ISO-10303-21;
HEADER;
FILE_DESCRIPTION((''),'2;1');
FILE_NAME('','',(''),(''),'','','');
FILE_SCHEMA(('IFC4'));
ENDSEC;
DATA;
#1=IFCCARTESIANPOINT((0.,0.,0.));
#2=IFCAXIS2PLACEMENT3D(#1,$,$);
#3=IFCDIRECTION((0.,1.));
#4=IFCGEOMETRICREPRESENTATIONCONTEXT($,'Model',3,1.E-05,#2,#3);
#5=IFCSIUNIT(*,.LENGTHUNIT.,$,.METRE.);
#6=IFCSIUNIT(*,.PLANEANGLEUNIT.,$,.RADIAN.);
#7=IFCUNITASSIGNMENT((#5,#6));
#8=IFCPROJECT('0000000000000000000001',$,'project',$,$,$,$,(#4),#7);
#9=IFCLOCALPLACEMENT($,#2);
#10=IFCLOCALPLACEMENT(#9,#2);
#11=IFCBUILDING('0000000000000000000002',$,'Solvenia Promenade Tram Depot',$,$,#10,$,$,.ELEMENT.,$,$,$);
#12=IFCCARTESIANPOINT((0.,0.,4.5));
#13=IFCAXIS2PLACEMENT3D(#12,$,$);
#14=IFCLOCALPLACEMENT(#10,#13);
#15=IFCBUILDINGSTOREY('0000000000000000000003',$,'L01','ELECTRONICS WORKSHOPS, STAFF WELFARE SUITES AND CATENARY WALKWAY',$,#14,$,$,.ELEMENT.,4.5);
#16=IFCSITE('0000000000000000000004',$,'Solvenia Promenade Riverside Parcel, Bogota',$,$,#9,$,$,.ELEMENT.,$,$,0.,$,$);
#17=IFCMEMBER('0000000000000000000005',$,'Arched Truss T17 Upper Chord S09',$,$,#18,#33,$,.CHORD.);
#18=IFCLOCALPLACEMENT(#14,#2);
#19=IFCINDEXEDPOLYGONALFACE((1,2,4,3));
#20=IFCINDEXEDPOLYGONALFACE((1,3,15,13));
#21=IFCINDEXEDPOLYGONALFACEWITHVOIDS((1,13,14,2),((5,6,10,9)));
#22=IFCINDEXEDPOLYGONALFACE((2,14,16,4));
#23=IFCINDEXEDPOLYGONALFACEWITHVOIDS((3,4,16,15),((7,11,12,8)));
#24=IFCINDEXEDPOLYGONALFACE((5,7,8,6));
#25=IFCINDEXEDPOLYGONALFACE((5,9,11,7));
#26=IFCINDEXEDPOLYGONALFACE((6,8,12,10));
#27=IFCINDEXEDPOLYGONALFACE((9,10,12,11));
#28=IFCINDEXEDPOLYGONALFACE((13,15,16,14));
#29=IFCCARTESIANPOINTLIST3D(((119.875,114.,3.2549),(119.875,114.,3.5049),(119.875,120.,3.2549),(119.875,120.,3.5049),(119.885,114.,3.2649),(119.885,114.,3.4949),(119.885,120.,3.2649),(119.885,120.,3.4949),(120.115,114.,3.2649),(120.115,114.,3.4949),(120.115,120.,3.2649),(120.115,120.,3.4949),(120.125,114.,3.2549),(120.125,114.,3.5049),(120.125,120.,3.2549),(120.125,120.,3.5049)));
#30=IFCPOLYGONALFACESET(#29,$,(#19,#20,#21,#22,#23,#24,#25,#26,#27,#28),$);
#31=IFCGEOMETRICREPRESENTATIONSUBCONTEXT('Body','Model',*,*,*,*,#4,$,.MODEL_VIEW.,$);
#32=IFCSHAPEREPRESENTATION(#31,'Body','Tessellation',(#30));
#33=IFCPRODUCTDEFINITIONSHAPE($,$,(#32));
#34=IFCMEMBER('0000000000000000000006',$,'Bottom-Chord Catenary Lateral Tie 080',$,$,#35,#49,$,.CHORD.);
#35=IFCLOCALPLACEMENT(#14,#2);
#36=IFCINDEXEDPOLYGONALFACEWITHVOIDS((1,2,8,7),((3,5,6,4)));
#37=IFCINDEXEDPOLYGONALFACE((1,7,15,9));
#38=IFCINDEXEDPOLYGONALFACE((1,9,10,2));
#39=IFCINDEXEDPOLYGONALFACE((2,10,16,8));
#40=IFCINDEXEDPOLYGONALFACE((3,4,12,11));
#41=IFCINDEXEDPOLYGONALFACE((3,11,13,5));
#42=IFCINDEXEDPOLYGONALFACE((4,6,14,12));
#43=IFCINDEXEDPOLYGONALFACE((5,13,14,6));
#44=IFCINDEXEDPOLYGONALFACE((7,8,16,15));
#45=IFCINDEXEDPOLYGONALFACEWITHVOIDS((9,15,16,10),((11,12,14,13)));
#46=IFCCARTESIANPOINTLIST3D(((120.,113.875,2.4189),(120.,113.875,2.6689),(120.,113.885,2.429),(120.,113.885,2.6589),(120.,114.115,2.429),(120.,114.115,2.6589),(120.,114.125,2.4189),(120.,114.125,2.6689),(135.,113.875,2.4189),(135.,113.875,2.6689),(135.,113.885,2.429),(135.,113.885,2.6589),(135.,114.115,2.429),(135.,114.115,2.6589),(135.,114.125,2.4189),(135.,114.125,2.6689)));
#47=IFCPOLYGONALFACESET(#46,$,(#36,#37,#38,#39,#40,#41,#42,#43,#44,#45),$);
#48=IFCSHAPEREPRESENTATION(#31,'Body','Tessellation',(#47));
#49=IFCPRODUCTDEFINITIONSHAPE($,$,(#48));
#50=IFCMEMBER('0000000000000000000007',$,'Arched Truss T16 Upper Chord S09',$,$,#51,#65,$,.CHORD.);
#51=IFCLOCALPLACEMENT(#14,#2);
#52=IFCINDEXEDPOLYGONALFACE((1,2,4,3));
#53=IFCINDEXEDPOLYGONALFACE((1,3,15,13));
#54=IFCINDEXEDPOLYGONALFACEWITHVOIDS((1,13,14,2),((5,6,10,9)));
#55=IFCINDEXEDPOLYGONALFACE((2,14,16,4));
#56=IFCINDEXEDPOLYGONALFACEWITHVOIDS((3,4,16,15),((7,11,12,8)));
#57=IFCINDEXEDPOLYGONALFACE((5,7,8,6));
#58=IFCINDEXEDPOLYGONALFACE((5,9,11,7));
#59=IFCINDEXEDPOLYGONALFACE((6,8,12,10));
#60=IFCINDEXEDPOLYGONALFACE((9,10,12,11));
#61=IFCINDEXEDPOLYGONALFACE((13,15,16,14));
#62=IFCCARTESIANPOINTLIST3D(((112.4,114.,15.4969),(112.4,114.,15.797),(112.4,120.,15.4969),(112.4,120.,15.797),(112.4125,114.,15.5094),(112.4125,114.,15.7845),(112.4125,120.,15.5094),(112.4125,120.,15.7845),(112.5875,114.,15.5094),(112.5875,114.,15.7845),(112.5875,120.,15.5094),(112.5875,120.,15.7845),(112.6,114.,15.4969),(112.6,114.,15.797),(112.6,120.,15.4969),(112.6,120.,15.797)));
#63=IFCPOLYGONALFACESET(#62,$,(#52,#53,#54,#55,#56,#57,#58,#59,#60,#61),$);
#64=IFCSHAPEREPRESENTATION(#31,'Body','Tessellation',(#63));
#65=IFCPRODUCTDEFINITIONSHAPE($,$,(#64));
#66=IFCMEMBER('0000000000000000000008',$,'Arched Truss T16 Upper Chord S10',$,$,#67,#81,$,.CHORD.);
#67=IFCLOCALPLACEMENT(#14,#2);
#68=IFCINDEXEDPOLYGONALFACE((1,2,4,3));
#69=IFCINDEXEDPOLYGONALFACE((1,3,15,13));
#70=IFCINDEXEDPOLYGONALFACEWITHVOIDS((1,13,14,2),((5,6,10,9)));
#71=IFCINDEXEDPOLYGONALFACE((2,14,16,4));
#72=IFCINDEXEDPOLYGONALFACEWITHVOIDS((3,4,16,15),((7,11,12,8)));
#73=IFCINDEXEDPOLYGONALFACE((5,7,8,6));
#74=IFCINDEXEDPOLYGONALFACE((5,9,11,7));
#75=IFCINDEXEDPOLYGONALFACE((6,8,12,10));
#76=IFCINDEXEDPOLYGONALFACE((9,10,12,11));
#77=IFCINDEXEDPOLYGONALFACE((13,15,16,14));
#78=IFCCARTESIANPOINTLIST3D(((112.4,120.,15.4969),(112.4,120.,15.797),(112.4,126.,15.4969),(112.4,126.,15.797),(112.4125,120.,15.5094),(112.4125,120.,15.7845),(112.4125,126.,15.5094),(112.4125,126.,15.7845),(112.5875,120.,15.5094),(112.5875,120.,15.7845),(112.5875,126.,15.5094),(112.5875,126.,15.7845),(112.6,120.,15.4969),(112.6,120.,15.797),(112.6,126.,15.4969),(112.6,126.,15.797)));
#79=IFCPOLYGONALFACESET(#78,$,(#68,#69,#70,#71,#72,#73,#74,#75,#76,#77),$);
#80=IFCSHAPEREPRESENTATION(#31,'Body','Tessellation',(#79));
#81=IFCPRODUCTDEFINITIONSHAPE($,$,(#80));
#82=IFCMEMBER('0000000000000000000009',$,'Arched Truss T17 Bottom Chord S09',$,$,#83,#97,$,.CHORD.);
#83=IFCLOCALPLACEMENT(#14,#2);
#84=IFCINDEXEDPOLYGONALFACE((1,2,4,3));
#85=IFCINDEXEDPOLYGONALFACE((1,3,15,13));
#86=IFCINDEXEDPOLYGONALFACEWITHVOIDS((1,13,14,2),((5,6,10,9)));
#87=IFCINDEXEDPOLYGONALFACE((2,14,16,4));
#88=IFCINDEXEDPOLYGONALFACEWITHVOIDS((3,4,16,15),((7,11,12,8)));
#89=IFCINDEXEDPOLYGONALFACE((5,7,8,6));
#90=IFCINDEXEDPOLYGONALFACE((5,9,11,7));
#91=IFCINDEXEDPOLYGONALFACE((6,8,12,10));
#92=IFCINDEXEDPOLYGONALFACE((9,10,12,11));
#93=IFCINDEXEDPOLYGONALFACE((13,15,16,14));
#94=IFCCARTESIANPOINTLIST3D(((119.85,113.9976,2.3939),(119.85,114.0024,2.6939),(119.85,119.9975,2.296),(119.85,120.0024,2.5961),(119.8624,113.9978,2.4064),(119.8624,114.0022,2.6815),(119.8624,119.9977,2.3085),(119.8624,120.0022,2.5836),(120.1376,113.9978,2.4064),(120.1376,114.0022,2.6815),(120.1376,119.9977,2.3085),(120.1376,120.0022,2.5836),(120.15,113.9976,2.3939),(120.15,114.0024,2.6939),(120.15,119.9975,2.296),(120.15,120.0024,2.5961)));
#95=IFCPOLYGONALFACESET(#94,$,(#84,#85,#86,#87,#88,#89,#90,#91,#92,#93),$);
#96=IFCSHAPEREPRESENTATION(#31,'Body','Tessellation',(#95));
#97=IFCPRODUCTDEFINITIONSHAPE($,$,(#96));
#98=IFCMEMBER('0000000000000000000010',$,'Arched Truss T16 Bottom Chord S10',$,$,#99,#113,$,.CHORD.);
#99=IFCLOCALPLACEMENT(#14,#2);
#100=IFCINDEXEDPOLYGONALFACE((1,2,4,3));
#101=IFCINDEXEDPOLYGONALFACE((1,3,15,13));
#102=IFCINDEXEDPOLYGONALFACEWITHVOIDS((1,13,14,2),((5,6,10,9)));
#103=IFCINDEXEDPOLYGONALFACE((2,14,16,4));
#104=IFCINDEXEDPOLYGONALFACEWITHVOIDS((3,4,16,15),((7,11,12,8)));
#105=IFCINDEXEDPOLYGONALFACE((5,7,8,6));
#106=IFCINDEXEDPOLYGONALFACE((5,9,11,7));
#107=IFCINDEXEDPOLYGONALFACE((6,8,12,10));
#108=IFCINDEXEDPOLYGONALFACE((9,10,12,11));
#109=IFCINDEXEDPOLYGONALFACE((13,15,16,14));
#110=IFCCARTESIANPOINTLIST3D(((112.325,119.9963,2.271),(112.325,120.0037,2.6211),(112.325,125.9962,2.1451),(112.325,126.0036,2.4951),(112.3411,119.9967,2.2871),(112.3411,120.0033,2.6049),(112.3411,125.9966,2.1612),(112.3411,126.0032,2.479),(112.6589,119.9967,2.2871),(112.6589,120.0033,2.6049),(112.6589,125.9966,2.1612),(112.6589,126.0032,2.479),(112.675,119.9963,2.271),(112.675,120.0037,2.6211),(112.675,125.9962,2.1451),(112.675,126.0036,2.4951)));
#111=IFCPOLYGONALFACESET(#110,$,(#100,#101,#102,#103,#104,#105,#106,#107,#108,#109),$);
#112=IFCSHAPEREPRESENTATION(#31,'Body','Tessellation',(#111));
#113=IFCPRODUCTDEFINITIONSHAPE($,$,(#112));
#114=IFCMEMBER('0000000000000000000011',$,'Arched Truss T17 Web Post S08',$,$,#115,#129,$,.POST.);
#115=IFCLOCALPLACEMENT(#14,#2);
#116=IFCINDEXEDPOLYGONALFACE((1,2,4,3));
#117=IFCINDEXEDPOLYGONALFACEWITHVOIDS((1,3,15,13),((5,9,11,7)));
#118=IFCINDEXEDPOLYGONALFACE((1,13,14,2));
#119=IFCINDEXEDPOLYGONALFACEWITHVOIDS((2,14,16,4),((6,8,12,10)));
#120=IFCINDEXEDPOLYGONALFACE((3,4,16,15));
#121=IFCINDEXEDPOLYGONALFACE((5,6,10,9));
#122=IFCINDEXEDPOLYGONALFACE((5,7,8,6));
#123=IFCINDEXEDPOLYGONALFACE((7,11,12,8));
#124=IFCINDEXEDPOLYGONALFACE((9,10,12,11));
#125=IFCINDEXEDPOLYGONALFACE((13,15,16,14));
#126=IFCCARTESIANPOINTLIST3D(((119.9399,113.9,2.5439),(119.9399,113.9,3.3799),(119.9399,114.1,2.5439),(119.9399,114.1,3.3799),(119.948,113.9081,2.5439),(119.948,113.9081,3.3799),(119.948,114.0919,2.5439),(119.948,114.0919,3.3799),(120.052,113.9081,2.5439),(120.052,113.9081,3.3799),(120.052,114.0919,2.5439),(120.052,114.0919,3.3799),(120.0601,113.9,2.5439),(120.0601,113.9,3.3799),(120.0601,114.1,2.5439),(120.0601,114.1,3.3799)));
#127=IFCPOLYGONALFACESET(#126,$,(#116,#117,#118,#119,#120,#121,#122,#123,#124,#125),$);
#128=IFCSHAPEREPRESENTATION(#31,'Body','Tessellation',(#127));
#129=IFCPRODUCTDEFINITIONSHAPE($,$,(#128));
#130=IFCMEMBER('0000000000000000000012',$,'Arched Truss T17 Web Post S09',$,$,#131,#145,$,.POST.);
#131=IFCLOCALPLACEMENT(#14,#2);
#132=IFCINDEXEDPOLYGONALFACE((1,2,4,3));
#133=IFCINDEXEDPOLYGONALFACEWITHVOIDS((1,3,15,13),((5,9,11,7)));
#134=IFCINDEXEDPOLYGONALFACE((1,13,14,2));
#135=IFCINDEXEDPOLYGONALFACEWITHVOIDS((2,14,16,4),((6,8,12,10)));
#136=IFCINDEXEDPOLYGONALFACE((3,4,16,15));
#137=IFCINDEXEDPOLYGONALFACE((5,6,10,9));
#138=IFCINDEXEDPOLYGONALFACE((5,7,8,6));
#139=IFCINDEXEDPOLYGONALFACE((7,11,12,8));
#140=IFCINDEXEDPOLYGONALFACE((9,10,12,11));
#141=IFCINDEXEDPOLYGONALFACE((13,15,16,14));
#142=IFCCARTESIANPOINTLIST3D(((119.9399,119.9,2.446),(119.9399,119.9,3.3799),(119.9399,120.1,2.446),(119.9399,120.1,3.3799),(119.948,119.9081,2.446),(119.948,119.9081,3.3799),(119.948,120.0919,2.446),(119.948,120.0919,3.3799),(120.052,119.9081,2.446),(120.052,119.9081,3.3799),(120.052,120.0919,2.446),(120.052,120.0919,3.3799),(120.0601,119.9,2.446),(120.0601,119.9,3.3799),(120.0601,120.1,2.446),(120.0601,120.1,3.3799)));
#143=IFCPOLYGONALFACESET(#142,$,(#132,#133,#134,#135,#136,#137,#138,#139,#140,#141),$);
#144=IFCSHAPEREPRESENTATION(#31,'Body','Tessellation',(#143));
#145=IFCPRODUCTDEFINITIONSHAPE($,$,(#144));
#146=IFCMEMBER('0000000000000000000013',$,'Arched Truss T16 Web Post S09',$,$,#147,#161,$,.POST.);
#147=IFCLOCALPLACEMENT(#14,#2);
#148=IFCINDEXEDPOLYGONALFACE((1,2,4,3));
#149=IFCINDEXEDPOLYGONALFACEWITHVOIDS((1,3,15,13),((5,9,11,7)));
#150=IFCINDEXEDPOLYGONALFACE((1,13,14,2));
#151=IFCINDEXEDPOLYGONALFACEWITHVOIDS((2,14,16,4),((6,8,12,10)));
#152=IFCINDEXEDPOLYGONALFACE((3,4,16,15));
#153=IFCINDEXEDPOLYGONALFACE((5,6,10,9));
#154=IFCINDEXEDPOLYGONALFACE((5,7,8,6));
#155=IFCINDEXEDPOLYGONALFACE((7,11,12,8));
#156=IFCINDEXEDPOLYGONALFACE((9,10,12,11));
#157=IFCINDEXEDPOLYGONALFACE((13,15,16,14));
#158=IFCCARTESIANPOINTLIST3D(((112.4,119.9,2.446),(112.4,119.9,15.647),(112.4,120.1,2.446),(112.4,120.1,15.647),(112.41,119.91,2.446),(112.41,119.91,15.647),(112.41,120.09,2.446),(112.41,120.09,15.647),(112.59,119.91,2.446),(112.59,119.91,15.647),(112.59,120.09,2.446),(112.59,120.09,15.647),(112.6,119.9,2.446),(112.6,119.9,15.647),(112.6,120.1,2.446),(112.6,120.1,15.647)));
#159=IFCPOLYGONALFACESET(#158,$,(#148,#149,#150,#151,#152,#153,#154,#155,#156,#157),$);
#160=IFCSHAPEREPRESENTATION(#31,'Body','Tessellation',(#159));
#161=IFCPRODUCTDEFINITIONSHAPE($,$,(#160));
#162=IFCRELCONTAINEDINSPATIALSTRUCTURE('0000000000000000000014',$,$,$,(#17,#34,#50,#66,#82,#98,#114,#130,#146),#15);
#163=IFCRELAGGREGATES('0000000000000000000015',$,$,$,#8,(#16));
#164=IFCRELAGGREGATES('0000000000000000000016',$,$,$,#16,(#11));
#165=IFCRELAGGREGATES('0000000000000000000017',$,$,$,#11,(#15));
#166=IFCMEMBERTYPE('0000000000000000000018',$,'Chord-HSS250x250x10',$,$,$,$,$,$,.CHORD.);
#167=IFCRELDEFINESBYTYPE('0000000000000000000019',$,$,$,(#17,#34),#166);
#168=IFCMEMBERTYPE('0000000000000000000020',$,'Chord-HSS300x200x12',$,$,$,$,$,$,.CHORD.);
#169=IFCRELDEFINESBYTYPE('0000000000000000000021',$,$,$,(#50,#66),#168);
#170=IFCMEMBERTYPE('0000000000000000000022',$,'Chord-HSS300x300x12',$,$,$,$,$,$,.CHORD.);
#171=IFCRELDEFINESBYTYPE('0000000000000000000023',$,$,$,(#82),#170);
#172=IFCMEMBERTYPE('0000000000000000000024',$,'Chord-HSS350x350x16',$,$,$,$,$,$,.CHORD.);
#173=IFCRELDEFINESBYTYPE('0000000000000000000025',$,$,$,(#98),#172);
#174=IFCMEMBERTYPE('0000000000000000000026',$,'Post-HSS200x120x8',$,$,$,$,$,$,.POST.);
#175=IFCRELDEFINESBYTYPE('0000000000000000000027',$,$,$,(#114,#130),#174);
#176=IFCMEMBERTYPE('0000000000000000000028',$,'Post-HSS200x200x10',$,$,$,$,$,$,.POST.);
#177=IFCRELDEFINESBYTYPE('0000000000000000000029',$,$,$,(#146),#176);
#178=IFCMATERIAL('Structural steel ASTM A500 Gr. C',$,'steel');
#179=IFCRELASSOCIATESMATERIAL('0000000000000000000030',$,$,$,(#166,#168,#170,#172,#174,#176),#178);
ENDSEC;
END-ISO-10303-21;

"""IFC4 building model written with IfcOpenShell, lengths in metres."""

from ifc_helpers import new_model, si_unit, direction, frame, origin, origin_2d, place, context, subcontext, project, spatial, hollow_rectangle, extrude, material, material_profile, profile_set, type_object, element, save


model = new_model("IFC4")

# Units and contexts
model_context = context("Model", 3, precision=1e-05, world=origin(), true_north=direction((0.0, 1.0)))
body_context = subcontext(model_context, "Body", "Model", "MODEL_VIEW")
ifc_project = project(units=[si_unit("LENGTHUNIT", "METRE"), si_unit("PLANEANGLEUNIT", "RADIAN")], contexts=[model_context])

# Site, building, storey
site_placement = place(None, origin())
site = spatial("IfcSite", under=ifc_project, at=site_placement, Name="Solvenia Promenade Riverside Parcel, Bogota", CompositionType="ELEMENT", RefElevation=0.0)
building_placement = place(site_placement, origin())
building = spatial("IfcBuilding", under=site, at=building_placement, Name="Solvenia Promenade Tram Depot", CompositionType="ELEMENT")
storey_placement = place(building_placement, frame((0.0, 0.0, 4.5)))
storey = spatial("IfcBuildingStorey", under=building, at=storey_placement, Name="L01", Description="ELECTRONICS WORKSHOPS, STAFF WELFARE SUITES AND CATENARY WALKWAY", CompositionType="ELEMENT", Elevation=4.5)

# Shared definitions
ifc_material_1 = material(Name="Structural steel ASTM A500 Gr. C", Category="steel")

# Members
ifc_material_profile_1 = material_profile(ifc_material_1, hollow_rectangle(XDim=0.25, YDim=0.25, WallThickness=0.01, at=origin_2d()), Name="HSS250x250x10", Category="steel")
ifc_profile_set_1 = profile_set([ifc_material_profile_1], Name="Structural steel ASTM A500 Gr. C")
member_type_1 = type_object("IfcMemberType", Name="Chord-HSS250x250x10", PredefinedType="CHORD", material=ifc_profile_set_1)
member_1_placement = place(storey_placement, frame((120.0, 114.0, 3.3799), z_axis=(0.0, 1.0, 0.0), x_axis=(-1.0, 0.0, 0.0)))
element("IfcMember", 1, at=member_1_placement, inside=storey, type_object=member_type_1, Name="Arched Truss T17 Upper Chord S09", PredefinedType="CHORD", context=body_context, shape_type="SweptSolid", body=[
    extrude(hollow_rectangle(XDim=0.25, YDim=0.25, WallThickness=0.01, at=origin_2d()), origin(), (0.0, 0.0, 1.0), 6.0),
])
member_2_placement = place(storey_placement, frame((120.0, 114.0, 2.5439), z_axis=(1.0, 0.0, 0.0), x_axis=(0.0, 1.0, 0.0)))
element("IfcMember", 2, at=member_2_placement, inside=storey, type_object=member_type_1, Name="Bottom-Chord Catenary Lateral Tie 080", PredefinedType="CHORD", context=body_context, shape_type="SweptSolid", body=[
    extrude(hollow_rectangle(XDim=0.25, YDim=0.25, WallThickness=0.01, at=origin_2d()), origin(), (0.0, 0.0, 1.0), 15.0),
])
ifc_material_profile_2 = material_profile(ifc_material_1, hollow_rectangle(XDim=0.2, YDim=0.3, WallThickness=0.0125, at=origin_2d()), Name="HSS300x200x12.5", Category="steel")
ifc_profile_set_2 = profile_set([ifc_material_profile_2], Name="Structural steel ASTM A500 Gr. C")
member_type_2 = type_object("IfcMemberType", Name="Chord-HSS300x200x12", PredefinedType="CHORD", material=ifc_profile_set_2)
for number, where, z_axis, x_axis, name in (
    (3, (112.5, 114.0, 15.647), (0.0, 1.0, 0.0), (-1.0, 0.0, 0.0), "Arched Truss T16 Upper Chord S09"),
    (4, (112.5, 120.0, 15.647), (0.0, 1.0, 0.0), (-1.0, 0.0, 0.0), "Arched Truss T16 Upper Chord S10"),
):
    element("IfcMember", number, at=place(storey_placement, frame(where, z_axis=z_axis, x_axis=x_axis)), inside=storey, type_object=member_type_2, Name=name, PredefinedType="CHORD", context=body_context, shape_type="SweptSolid", body=[
        extrude(hollow_rectangle(XDim=0.2, YDim=0.3, WallThickness=0.0125, at=origin_2d()), origin(), (0.0, 0.0, 1.0), 6.0),
    ])
ifc_material_profile_3 = material_profile(ifc_material_1, hollow_rectangle(XDim=0.3, YDim=0.3, WallThickness=0.0125, at=origin_2d()), Name="HSS300x300x12.5", Category="steel")
ifc_profile_set_3 = profile_set([ifc_material_profile_3], Name="Structural steel ASTM A500 Gr. C")
member_type_3 = type_object("IfcMemberType", Name="Chord-HSS300x300x12", PredefinedType="CHORD", material=ifc_profile_set_3)
member_3_placement = place(storey_placement, frame((120.0, 114.0, 2.5439), z_axis=(0.0, 0.999867, -0.016315), x_axis=(-1.0, 0.0, 0.0)))
element("IfcMember", 5, at=member_3_placement, inside=storey, type_object=member_type_3, Name="Arched Truss T17 Bottom Chord S09", PredefinedType="CHORD", context=body_context, shape_type="SweptSolid", body=[
    extrude(hollow_rectangle(XDim=0.3, YDim=0.3, WallThickness=0.0125, at=origin_2d()), origin(), (0.0, 0.0, 1.0), 6.0007),
])
ifc_material_profile_4 = material_profile(ifc_material_1, hollow_rectangle(XDim=0.3501, YDim=0.3501, WallThickness=0.0161, at=origin_2d()), Name="HSS350x350x16", Category="steel")
ifc_profile_set_4 = profile_set([ifc_material_profile_4], Name="Structural steel ASTM A500 Gr. C")
member_type_4 = type_object("IfcMemberType", Name="Chord-HSS350x350x16", PredefinedType="CHORD", material=ifc_profile_set_4)
member_4_placement = place(storey_placement, frame((112.5, 120.0, 2.446), z_axis=(0.0, 0.99978, -0.020991), x_axis=(-1.0, 0.0, 0.0)))
element("IfcMember", 6, at=member_4_placement, inside=storey, type_object=member_type_4, Name="Arched Truss T16 Bottom Chord S10", PredefinedType="CHORD", context=body_context, shape_type="SweptSolid", body=[
    extrude(hollow_rectangle(XDim=0.3501, YDim=0.3501, WallThickness=0.0161, at=origin_2d()), origin(), (0.0, 0.0, 1.0), 6.0012),
])
ifc_material_profile_5 = material_profile(ifc_material_1, hollow_rectangle(XDim=0.1201, YDim=0.2, WallThickness=0.0081, at=origin_2d()), Name="HSS200x120x8", Category="steel")
ifc_profile_set_5 = profile_set([ifc_material_profile_5], Name="Structural steel ASTM A500 Gr. C")
member_type_5 = type_object("IfcMemberType", Name="Post-HSS200x120x8", PredefinedType="POST", material=ifc_profile_set_5)
member_5_placement = place(storey_placement, frame((120.0, 114.0, 2.5439), z_axis=(0.0, 0.0, 1.0), x_axis=(1.0, 0.0, 0.0)))
element("IfcMember", 7, at=member_5_placement, inside=storey, type_object=member_type_5, Name="Arched Truss T17 Web Post S08", PredefinedType="POST", context=body_context, shape_type="SweptSolid", body=[
    extrude(hollow_rectangle(XDim=0.1201, YDim=0.2, WallThickness=0.0081, at=origin_2d()), origin(), (0.0, 0.0, 1.0), 0.8359),
])
member_6_placement = place(storey_placement, frame((120.0, 120.0, 2.446), z_axis=(0.0, 0.0, 1.0), x_axis=(1.0, 0.0, 0.0)))
element("IfcMember", 8, at=member_6_placement, inside=storey, type_object=member_type_5, Name="Arched Truss T17 Web Post S09", PredefinedType="POST", context=body_context, shape_type="SweptSolid", body=[
    extrude(hollow_rectangle(XDim=0.1201, YDim=0.2, WallThickness=0.0081, at=origin_2d()), origin(), (0.0, 0.0, 1.0), 0.9338),
])
ifc_material_profile_6 = material_profile(ifc_material_1, hollow_rectangle(XDim=0.2, YDim=0.2, WallThickness=0.01, at=origin_2d()), Name="HSS200x200x10", Category="steel")
ifc_profile_set_6 = profile_set([ifc_material_profile_6], Name="Structural steel ASTM A500 Gr. C")
member_type_6 = type_object("IfcMemberType", Name="Post-HSS200x200x10", PredefinedType="POST", material=ifc_profile_set_6)
member_7_placement = place(storey_placement, frame((112.5, 120.0, 2.446), z_axis=(0.0, 0.0, 1.0), x_axis=(1.0, 0.0, 0.0)))
element("IfcMember", 9, at=member_7_placement, inside=storey, type_object=member_type_6, Name="Arched Truss T16 Web Post S09", PredefinedType="POST", context=body_context, shape_type="SweptSolid", body=[
    extrude(hollow_rectangle(XDim=0.2, YDim=0.2, WallThickness=0.01, at=origin_2d()), origin(), (0.0, 0.0, 1.0), 13.2009),
])

save(model, "model.ifc")
